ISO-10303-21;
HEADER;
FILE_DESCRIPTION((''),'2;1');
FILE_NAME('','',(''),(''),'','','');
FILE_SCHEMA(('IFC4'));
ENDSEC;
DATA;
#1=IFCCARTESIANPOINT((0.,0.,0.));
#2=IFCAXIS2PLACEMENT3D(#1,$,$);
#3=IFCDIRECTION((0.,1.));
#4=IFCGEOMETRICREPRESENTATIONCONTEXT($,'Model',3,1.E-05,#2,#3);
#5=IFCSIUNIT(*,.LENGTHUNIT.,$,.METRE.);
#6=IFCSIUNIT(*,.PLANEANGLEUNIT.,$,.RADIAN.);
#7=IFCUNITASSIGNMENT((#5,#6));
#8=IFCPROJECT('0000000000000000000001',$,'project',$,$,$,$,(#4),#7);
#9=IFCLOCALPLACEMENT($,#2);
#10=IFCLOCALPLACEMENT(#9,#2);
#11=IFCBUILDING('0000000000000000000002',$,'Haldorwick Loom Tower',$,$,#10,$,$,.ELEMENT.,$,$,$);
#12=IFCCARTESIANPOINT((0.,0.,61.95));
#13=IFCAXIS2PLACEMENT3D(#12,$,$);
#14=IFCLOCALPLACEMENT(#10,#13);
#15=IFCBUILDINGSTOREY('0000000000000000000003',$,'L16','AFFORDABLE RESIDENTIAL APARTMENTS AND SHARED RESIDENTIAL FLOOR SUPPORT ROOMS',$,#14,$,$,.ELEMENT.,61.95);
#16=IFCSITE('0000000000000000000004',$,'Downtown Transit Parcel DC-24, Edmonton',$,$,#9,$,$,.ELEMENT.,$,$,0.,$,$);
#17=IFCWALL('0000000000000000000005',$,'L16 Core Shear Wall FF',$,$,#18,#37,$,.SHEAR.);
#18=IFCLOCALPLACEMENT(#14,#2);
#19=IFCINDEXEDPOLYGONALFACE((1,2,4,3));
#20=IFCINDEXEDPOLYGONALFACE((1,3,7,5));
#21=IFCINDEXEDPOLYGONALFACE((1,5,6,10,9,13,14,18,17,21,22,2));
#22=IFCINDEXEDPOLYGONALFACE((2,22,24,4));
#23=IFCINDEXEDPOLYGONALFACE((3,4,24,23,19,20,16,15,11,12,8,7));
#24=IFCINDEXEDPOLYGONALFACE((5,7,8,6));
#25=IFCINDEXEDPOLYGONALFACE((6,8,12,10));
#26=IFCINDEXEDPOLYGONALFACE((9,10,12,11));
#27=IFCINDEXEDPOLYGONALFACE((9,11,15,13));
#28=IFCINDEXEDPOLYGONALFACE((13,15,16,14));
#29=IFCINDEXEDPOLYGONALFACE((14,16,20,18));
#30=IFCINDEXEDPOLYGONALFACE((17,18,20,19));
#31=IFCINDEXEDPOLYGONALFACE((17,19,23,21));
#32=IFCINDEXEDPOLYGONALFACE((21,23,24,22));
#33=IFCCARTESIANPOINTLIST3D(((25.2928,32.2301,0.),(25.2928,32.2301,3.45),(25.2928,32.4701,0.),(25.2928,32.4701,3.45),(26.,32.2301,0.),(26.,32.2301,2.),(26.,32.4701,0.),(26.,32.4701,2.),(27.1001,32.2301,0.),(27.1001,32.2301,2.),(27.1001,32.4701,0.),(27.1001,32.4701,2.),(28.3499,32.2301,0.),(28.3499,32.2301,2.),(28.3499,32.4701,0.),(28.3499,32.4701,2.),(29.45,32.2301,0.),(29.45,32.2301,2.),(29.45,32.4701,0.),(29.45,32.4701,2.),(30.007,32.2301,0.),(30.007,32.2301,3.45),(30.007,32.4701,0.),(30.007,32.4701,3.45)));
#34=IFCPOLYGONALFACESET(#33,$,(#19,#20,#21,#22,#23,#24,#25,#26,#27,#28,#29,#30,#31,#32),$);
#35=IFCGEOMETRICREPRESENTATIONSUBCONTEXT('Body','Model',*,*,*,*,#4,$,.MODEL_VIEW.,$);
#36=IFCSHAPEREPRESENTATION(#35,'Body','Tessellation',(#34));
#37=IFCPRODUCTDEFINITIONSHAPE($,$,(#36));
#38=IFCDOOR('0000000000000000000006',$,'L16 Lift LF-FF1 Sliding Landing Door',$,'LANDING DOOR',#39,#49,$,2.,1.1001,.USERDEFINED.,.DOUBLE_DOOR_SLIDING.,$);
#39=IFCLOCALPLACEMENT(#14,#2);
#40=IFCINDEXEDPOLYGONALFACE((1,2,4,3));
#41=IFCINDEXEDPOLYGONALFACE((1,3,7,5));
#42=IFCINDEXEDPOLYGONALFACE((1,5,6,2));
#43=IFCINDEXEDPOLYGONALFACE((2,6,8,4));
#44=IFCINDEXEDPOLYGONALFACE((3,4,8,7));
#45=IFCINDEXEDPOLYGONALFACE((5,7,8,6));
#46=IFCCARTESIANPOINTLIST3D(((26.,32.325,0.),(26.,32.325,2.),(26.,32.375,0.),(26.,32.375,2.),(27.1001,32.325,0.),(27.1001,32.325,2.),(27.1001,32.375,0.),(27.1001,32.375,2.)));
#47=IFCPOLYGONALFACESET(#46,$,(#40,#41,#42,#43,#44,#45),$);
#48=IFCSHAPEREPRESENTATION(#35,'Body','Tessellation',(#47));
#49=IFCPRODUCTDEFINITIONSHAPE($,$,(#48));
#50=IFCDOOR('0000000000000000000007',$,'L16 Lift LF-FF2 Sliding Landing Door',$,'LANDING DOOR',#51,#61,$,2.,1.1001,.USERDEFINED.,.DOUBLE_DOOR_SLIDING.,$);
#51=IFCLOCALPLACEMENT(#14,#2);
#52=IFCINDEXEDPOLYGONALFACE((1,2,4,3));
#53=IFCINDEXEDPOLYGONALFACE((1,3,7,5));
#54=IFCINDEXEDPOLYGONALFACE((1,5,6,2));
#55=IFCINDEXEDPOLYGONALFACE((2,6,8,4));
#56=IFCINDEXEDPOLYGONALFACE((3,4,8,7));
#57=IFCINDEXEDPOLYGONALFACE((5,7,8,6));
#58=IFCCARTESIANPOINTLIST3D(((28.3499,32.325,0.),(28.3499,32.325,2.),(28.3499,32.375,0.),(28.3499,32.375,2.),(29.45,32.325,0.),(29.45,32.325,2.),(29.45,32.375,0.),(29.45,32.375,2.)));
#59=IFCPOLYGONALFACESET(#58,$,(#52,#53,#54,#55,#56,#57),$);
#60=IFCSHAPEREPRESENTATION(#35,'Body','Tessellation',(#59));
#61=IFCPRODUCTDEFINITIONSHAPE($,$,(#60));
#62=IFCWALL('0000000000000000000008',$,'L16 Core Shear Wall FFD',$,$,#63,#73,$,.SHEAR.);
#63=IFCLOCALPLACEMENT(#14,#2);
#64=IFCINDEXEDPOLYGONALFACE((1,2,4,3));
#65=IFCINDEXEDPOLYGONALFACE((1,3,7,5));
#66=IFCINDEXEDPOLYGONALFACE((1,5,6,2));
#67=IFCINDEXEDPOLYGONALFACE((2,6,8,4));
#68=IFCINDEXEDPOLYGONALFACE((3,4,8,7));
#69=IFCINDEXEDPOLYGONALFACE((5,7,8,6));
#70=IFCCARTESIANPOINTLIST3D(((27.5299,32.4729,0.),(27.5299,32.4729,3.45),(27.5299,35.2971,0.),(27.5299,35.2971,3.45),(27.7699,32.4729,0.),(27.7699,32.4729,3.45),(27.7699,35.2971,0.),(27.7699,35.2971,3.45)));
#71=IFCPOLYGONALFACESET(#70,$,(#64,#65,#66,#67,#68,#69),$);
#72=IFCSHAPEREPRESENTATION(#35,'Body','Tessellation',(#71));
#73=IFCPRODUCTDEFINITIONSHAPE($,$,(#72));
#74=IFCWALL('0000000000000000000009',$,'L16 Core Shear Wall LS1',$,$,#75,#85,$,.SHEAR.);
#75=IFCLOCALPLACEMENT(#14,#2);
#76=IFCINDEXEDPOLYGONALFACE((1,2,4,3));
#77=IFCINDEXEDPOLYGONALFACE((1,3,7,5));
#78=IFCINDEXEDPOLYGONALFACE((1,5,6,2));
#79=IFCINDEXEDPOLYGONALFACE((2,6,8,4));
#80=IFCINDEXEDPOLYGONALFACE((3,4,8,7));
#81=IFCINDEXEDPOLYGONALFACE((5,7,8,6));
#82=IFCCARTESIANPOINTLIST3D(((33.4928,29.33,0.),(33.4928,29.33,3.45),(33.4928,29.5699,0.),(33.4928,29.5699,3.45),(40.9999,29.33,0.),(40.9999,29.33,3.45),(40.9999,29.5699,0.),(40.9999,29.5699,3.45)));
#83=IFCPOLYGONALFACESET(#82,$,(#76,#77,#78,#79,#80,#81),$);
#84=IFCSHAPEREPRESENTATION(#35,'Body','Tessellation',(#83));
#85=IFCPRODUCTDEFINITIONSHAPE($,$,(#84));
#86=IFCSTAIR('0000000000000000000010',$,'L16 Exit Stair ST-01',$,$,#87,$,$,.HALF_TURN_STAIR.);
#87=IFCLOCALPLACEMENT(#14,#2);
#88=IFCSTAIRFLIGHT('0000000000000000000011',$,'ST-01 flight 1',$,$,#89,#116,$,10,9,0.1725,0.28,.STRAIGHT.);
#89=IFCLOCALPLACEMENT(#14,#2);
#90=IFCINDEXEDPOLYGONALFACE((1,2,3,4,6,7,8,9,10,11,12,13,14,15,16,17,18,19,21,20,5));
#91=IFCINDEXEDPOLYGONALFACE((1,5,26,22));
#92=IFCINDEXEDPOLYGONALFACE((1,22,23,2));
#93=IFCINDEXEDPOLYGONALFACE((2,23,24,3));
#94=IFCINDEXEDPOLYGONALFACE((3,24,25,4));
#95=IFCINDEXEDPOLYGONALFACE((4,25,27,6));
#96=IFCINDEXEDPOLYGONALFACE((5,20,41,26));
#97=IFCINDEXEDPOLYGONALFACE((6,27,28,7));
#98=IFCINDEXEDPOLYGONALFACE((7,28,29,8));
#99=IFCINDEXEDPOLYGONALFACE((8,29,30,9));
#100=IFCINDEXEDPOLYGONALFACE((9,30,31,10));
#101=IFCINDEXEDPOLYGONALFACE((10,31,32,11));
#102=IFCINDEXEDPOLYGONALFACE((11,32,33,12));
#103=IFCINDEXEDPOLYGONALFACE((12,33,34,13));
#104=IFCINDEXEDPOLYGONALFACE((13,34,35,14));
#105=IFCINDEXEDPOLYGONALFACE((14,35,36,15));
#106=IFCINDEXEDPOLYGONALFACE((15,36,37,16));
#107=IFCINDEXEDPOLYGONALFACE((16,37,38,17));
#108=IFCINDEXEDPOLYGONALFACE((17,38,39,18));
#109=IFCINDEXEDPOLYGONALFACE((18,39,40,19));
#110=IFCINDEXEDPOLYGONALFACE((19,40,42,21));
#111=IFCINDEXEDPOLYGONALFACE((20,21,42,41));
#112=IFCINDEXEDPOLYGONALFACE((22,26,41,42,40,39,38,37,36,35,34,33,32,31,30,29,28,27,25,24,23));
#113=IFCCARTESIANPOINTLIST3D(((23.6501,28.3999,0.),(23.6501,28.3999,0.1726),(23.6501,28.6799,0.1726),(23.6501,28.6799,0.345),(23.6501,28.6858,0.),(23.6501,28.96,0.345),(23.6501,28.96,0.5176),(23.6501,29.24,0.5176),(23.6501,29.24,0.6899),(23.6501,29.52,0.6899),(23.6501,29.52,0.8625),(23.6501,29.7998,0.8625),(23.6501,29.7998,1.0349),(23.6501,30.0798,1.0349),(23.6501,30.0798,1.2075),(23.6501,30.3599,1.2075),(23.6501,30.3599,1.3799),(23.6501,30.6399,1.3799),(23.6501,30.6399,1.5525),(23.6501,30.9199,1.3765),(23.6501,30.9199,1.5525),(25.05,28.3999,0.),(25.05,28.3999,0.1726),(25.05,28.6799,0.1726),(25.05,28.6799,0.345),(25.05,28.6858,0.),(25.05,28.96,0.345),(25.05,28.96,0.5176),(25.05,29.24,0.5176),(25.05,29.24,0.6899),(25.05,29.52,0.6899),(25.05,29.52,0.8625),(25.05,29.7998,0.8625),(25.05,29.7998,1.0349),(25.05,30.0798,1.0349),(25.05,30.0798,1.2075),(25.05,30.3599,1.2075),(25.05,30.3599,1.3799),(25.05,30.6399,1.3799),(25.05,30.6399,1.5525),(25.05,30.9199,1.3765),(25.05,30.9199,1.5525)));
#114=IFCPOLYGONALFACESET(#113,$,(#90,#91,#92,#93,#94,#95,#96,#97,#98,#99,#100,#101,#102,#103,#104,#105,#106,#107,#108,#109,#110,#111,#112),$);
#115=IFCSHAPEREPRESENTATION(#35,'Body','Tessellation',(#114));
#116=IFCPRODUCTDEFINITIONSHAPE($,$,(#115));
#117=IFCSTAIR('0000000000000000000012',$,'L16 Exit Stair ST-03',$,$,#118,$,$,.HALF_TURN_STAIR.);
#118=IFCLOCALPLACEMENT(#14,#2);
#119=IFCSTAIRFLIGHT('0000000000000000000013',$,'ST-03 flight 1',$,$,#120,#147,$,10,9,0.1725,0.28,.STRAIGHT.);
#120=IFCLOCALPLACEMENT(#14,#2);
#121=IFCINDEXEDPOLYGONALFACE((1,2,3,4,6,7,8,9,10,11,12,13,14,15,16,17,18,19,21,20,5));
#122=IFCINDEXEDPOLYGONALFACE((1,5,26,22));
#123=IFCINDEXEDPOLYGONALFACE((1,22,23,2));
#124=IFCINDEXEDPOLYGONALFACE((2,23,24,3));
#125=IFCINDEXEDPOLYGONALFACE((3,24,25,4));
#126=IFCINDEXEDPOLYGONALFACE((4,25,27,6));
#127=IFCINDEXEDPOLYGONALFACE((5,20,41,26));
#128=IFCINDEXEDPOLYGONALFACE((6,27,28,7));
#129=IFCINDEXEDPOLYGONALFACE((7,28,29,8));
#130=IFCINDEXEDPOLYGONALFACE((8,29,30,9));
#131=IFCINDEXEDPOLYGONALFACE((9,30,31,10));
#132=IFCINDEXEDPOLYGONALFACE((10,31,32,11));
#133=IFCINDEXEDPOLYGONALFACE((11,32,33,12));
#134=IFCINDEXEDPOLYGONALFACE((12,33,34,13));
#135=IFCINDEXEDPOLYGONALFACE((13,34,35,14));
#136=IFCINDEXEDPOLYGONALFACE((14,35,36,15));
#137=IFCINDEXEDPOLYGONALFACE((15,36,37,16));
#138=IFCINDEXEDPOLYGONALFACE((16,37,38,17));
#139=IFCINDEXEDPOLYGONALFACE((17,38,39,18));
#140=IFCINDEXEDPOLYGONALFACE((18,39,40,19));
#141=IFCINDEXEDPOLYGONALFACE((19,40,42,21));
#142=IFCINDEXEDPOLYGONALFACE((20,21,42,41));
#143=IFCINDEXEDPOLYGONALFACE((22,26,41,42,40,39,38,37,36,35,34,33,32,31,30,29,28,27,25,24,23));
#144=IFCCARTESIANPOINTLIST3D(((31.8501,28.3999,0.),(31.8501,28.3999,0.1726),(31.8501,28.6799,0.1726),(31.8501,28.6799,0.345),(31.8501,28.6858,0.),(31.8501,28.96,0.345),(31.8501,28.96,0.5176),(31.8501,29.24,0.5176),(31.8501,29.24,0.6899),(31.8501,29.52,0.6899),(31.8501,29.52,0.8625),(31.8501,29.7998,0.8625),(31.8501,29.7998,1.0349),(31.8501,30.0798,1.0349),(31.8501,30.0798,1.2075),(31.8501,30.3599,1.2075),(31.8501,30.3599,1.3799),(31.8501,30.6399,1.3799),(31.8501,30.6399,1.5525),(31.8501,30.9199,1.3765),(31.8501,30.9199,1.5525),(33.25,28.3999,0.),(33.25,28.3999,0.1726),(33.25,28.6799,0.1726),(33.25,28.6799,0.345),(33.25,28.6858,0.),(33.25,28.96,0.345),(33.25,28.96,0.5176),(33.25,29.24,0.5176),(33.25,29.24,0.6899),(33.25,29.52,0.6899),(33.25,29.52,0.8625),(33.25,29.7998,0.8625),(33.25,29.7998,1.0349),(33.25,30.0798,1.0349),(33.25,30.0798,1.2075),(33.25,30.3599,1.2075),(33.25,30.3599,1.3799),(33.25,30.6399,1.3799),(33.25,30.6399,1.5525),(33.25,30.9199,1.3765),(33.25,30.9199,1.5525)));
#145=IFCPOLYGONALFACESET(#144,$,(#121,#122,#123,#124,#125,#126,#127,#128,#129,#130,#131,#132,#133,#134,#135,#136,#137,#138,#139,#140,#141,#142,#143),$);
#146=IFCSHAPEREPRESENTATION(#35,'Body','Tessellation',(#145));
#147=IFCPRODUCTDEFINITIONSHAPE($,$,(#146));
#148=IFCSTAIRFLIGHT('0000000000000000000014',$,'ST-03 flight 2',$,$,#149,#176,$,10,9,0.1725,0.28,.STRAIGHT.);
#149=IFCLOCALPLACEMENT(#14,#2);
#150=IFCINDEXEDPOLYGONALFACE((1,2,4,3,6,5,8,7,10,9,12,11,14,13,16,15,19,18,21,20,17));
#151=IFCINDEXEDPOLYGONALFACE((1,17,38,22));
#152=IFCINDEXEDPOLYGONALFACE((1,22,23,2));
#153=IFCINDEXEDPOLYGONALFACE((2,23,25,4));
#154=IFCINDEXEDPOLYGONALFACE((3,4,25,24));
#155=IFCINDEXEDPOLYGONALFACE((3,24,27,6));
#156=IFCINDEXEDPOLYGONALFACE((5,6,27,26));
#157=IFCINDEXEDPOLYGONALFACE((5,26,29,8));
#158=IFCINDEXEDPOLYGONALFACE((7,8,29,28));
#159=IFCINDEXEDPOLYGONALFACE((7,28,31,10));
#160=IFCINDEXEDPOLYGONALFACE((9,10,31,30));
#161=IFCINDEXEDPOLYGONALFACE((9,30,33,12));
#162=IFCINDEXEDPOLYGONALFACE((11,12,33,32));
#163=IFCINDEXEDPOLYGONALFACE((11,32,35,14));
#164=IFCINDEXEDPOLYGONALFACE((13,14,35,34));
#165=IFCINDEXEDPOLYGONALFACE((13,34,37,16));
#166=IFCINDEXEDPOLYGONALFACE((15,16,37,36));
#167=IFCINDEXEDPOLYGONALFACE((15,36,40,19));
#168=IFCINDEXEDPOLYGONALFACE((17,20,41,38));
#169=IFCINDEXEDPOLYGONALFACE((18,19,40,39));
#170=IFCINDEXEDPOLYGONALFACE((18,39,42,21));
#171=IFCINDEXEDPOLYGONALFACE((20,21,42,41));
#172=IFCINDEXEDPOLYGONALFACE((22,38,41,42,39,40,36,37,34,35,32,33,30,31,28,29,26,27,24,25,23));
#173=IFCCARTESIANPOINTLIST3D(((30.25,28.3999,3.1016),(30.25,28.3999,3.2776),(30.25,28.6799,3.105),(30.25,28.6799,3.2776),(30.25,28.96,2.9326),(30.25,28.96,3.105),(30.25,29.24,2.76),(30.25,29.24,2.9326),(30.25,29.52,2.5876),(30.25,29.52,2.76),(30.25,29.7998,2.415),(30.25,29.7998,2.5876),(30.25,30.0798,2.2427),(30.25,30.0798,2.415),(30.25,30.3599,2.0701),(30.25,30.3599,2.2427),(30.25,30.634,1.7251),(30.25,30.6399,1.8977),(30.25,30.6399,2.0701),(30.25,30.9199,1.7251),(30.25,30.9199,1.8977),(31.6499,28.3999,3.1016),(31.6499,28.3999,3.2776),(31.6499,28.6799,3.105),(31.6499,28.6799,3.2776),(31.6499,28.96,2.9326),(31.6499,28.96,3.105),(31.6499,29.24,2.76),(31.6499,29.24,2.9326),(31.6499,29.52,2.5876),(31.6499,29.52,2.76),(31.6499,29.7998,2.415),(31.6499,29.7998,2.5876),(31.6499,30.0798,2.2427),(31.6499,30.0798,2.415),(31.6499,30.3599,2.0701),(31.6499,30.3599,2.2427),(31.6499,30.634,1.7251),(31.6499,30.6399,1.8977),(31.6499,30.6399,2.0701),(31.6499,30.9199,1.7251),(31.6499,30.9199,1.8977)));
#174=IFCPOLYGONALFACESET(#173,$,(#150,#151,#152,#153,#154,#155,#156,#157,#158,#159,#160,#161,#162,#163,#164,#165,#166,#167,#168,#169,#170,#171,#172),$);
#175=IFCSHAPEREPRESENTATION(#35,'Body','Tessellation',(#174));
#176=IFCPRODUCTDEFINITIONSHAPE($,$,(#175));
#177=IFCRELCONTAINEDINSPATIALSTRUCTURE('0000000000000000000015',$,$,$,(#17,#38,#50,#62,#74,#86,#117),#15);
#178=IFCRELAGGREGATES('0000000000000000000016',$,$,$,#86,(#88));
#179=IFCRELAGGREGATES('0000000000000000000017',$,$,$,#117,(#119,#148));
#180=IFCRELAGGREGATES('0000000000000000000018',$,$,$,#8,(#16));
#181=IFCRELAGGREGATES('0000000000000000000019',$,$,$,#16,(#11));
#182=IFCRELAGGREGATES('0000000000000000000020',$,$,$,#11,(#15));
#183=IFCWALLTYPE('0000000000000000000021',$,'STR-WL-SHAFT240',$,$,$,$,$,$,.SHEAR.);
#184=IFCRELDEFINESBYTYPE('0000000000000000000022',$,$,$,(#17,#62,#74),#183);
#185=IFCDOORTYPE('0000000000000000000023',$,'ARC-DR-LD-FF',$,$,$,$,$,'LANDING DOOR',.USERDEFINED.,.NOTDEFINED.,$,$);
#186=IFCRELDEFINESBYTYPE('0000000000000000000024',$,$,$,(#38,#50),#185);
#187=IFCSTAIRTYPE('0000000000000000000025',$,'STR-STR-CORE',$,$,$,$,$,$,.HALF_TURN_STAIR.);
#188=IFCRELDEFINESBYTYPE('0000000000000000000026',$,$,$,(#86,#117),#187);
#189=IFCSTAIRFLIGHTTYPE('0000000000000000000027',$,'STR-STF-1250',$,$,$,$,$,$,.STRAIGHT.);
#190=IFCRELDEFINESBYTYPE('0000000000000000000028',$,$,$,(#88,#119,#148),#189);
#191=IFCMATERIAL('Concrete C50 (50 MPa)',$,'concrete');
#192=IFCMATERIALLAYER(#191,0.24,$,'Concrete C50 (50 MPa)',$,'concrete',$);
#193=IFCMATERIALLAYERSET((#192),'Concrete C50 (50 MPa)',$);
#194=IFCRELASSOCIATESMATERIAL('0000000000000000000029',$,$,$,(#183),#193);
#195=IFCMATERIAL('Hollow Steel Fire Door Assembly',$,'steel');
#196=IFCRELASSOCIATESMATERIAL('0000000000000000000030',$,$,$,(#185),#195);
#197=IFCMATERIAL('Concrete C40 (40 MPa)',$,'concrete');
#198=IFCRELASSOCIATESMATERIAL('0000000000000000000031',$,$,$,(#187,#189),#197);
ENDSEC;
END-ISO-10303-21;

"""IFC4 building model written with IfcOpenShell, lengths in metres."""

from ifc_helpers import new_model, si_unit, direction, frame, frame_2d, origin, place, context, subcontext, project, spatial, polyline, rectangle, outline, extrude, material, layer, layer_set, type_object, element, fill, aggregate, save


model = new_model("IFC4")

# Units and contexts
model_context = context("Model", 3, precision=1e-05, world=origin(), true_north=direction((0.0, 1.0)))
body_context = subcontext(model_context, "Body", "Model", "MODEL_VIEW")
ifc_project = project(units=[si_unit("LENGTHUNIT", "METRE"), si_unit("PLANEANGLEUNIT", "RADIAN")], contexts=[model_context])

# Site, building, storey
site_placement = place(None, origin())
site = spatial("IfcSite", under=ifc_project, at=site_placement, Name="Downtown Transit Parcel DC-24, Edmonton", CompositionType="ELEMENT", RefElevation=0.0)
building_placement = place(site_placement, origin())
building = spatial("IfcBuilding", under=site, at=building_placement, Name="Haldorwick Loom Tower", CompositionType="ELEMENT")
storey_placement = place(building_placement, frame((0.0, 0.0, 61.95)))
storey = spatial("IfcBuildingStorey", under=building, at=storey_placement, Name="L16", Description="AFFORDABLE RESIDENTIAL APARTMENTS AND SHARED RESIDENTIAL FLOOR SUPPORT ROOMS", CompositionType="ELEMENT", Elevation=61.95)

# Shared definitions
ifc_material_1 = material(Name="Concrete C50 (50 MPa)", Category="concrete")
ifc_layer = layer(ifc_material_1, 0.24, Name="Concrete C50 (50 MPa)", Category="concrete")
ifc_layer_set = layer_set([ifc_layer], Name="Concrete C50 (50 MPa)")
wall_type = type_object("IfcWallType", Name="STR-WL-SHAFT240", PredefinedType="SHEAR", material=ifc_layer_set)

# Wall, openings, doors
wall_1_placement = place(storey_placement, frame((25.293, 32.3501, 0.0), z_axis=(0.0, 0.0, 1.0), x_axis=(1.0, 0.0, 0.0)))
wall_1 = element("IfcWall", 1, at=wall_1_placement, inside=storey, type_object=wall_type, Name="L16 Core Shear Wall FF", PredefinedType="SHEAR", context=body_context, shape_type="SweptSolid", body=[
    extrude(rectangle(XDim=4.7141, YDim=0.24, at=frame_2d((2.3569, 0.0))), origin(), (0.0, 0.0, 1.0), 3.45),
])
opening_1_placement = place(wall_1_placement, frame((0.707, 0.0, 0.0)))
opening_1 = element("IfcOpeningElement", 2, at=opening_1_placement, cuts=wall_1, PredefinedType="OPENING", context=body_context, shape_type="SweptSolid", body=[
    extrude(rectangle(XDim=1.1001, YDim=2.0, at=frame_2d((0.55, 1.0))), frame((0.0, 0.1299, 0.0), z_axis=(0.0, -1.0, 0.0), x_axis=(1.0, 0.0, 0.0)), (0.0, 0.0, 1.0), 0.26),
])
opening_2_placement = place(wall_1_placement, frame((3.0569, 0.0, 0.0)))
opening_2 = element("IfcOpeningElement", 3, at=opening_2_placement, cuts=wall_1, PredefinedType="OPENING", context=body_context, shape_type="SweptSolid", body=[
    extrude(rectangle(XDim=1.1001, YDim=2.0, at=frame_2d((0.55, 1.0))), frame((0.0, 0.1299, 0.0), z_axis=(0.0, -1.0, 0.0), x_axis=(1.0, 0.0, 0.0)), (0.0, 0.0, 1.0), 0.26),
])
ifc_material_2 = material(Name="Hollow Steel Fire Door Assembly", Category="steel")
door_type = type_object("IfcDoorType", Name="ARC-DR-LD-FF", ElementType="LANDING DOOR", OperationType="NOTDEFINED", PredefinedType="USERDEFINED", material=ifc_material_2)
door_1_placement = place(opening_1_placement, origin())
door_1 = element("IfcDoor", 4, at=door_1_placement, inside=storey, type_object=door_type, Name="L16 Lift LF-FF1 Sliding Landing Door", ObjectType="LANDING DOOR", OperationType="DOUBLE_DOOR_SLIDING", OverallHeight=2.0, OverallWidth=1.1001, PredefinedType="USERDEFINED", context=body_context, shape_type="SweptSolid", body=[
    extrude(rectangle(XDim=1.1001, YDim=2.0, at=frame_2d((0.55, 1.0))), frame((0.0, 0.0249, 0.0), z_axis=(0.0, -1.0, 0.0), x_axis=(1.0, 0.0, 0.0)), (0.0, 0.0, 1.0), 0.05),
])
fill(opening_1, door_1)
door_2_placement = place(opening_2_placement, origin())
door_2 = element("IfcDoor", 5, at=door_2_placement, inside=storey, type_object=door_type, Name="L16 Lift LF-FF2 Sliding Landing Door", ObjectType="LANDING DOOR", OperationType="DOUBLE_DOOR_SLIDING", OverallHeight=2.0, OverallWidth=1.1001, PredefinedType="USERDEFINED", context=body_context, shape_type="SweptSolid", body=[
    extrude(rectangle(XDim=1.1001, YDim=2.0, at=frame_2d((0.55, 1.0))), frame((0.0, 0.0249, 0.0), z_axis=(0.0, -1.0, 0.0), x_axis=(1.0, 0.0, 0.0)), (0.0, 0.0, 1.0), 0.05),
])
fill(opening_2, door_2)

# Walls
wall_2_placement = place(storey_placement, frame((27.6499, 32.4729, 0.0), z_axis=(0.0, 0.0, 1.0), x_axis=(0.0, 1.0, 0.0)))
element("IfcWall", 6, at=wall_2_placement, inside=storey, type_object=wall_type, Name="L16 Core Shear Wall FFD", PredefinedType="SHEAR", context=body_context, shape_type="SweptSolid", body=[
    extrude(rectangle(XDim=2.8242, YDim=0.24, at=frame_2d((1.4121, 0.0))), origin(), (0.0, 0.0, 1.0), 3.45),
])
wall_3_placement = place(storey_placement, frame((33.4929, 29.45, 0.0), z_axis=(0.0, 0.0, 1.0), x_axis=(1.0, 0.0, 0.0)))
element("IfcWall", 7, at=wall_3_placement, inside=storey, type_object=wall_type, Name="L16 Core Shear Wall LS1", PredefinedType="SHEAR", context=body_context, shape_type="SweptSolid", body=[
    extrude(rectangle(XDim=7.5071, YDim=0.24, at=frame_2d((3.7534, 0.0))), origin(), (0.0, 0.0, 1.0), 3.45),
])

# Stair, stair flight
ifc_material_3 = material(Name="Concrete C40 (40 MPa)", Category="concrete")
stair_type = type_object("IfcStairType", Name="STR-STR-CORE", PredefinedType="HALF_TURN_STAIR", material=ifc_material_3)
stair_1_placement = place(storey_placement, origin())
stair_1 = element("IfcStair", 8, at=stair_1_placement, inside=storey, type_object=stair_type, Name="L16 Exit Stair ST-01", PredefinedType="HALF_TURN_STAIR")
stair_flight_type = type_object("IfcStairFlightType", Name="STR-STF-1250", PredefinedType="STRAIGHT", material=ifc_material_3)
stair_flight_1_placement = place(storey_placement, frame((24.3501, 28.3999, 0.0), z_axis=(0.0, 0.0, 1.0), x_axis=(0.0, 1.0, 0.0)))
stair_flight_1 = element("IfcStairFlight", 9, at=stair_flight_1_placement, type_object=stair_flight_type, Name="ST-01 flight 1", NumberOfRisers=10, NumberOfTreads=9, PredefinedType="STRAIGHT", RiserHeight=0.1725, TreadLength=0.28, context=body_context, shape_type="SweptSolid", body=[
    extrude(outline(polyline([(0.0, 0.0), (0.0, 0.1726), (0.28, 0.1726), (0.28, 0.345), (0.5601, 0.345), (0.5601, 0.5176), (0.8401, 0.5176), (0.8401, 0.6899), (1.1201, 0.6899), (1.1201, 0.8625), (1.3999, 0.8625), (1.3999, 1.0349), (1.6799, 1.0349), (1.6799, 1.2075), (1.96, 1.2075), (1.96, 1.3799), (2.24, 1.3799), (2.24, 1.5525), (2.52, 1.5525), (2.52, 1.7251), (2.52, 1.3765), (0.2859, 0.0), (0.0, 0.0)])), frame((0.0, 0.7, 0.0), z_axis=(0.0, -1.0, 0.0), x_axis=(1.0, 0.0, 0.0)), (0.0, 0.0, 1.0), 1.3999),
])
aggregate(stair_1, [stair_flight_1])

# Stair, stair flights
stair_2_placement = place(storey_placement, origin())
stair_2 = element("IfcStair", 10, at=stair_2_placement, inside=storey, type_object=stair_type, Name="L16 Exit Stair ST-03", PredefinedType="HALF_TURN_STAIR")
stair_flight_2_placement = place(storey_placement, frame((32.55, 28.3999, 0.0), z_axis=(0.0, 0.0, 1.0), x_axis=(0.0, 1.0, 0.0)))
stair_flight_2 = element("IfcStairFlight", 11, at=stair_flight_2_placement, type_object=stair_flight_type, Name="ST-03 flight 1", NumberOfRisers=10, NumberOfTreads=9, PredefinedType="STRAIGHT", RiserHeight=0.1725, TreadLength=0.28, context=body_context, shape_type="SweptSolid", body=[
    extrude(outline(polyline([(0.0, 0.0), (0.0, 0.1726), (0.28, 0.1726), (0.28, 0.345), (0.5601, 0.345), (0.5601, 0.5176), (0.8401, 0.5176), (0.8401, 0.6899), (1.1201, 0.6899), (1.1201, 0.8625), (1.3999, 0.8625), (1.3999, 1.0349), (1.6799, 1.0349), (1.6799, 1.2075), (1.96, 1.2075), (1.96, 1.3799), (2.24, 1.3799), (2.24, 1.5525), (2.52, 1.5525), (2.52, 1.7251), (2.52, 1.3765), (0.2859, 0.0), (0.0, 0.0)])), frame((0.0, 0.7, 0.0), z_axis=(0.0, -1.0, 0.0), x_axis=(1.0, 0.0, 0.0)), (0.0, 0.0, 1.0), 1.3999),
])
stair_flight_3_placement = place(storey_placement, frame((30.95, 30.9199, 1.7251), z_axis=(0.0, 0.0, 1.0), x_axis=(0.0, -1.0, 0.0)))
stair_flight_3 = element("IfcStairFlight", 12, at=stair_flight_3_placement, type_object=stair_flight_type, Name="ST-03 flight 2", NumberOfRisers=10, NumberOfTreads=9, PredefinedType="STRAIGHT", RiserHeight=0.1725, TreadLength=0.28, context=body_context, shape_type="SweptSolid", body=[
    extrude(outline(polyline([(0.0, 0.0), (0.0, 0.1726), (0.28, 0.1726), (0.28, 0.345), (0.5601, 0.345), (0.5601, 0.5176), (0.8401, 0.5176), (0.8401, 0.6899), (1.1201, 0.6899), (1.1201, 0.8625), (1.3999, 0.8625), (1.3999, 1.0349), (1.6799, 1.0349), (1.6799, 1.2075), (1.96, 1.2075), (1.96, 1.3799), (2.24, 1.3799), (2.24, 1.5525), (2.52, 1.5525), (2.52, 1.7251), (2.52, 1.3765), (0.2859, 0.0), (0.0, 0.0)])), frame((0.0, 0.7, 0.0), z_axis=(0.0, -1.0, 0.0), x_axis=(1.0, 0.0, 0.0)), (0.0, 0.0, 1.0), 1.3999),
])
aggregate(stair_2, [stair_flight_2, stair_flight_3])

save(model, "model.ifc")
